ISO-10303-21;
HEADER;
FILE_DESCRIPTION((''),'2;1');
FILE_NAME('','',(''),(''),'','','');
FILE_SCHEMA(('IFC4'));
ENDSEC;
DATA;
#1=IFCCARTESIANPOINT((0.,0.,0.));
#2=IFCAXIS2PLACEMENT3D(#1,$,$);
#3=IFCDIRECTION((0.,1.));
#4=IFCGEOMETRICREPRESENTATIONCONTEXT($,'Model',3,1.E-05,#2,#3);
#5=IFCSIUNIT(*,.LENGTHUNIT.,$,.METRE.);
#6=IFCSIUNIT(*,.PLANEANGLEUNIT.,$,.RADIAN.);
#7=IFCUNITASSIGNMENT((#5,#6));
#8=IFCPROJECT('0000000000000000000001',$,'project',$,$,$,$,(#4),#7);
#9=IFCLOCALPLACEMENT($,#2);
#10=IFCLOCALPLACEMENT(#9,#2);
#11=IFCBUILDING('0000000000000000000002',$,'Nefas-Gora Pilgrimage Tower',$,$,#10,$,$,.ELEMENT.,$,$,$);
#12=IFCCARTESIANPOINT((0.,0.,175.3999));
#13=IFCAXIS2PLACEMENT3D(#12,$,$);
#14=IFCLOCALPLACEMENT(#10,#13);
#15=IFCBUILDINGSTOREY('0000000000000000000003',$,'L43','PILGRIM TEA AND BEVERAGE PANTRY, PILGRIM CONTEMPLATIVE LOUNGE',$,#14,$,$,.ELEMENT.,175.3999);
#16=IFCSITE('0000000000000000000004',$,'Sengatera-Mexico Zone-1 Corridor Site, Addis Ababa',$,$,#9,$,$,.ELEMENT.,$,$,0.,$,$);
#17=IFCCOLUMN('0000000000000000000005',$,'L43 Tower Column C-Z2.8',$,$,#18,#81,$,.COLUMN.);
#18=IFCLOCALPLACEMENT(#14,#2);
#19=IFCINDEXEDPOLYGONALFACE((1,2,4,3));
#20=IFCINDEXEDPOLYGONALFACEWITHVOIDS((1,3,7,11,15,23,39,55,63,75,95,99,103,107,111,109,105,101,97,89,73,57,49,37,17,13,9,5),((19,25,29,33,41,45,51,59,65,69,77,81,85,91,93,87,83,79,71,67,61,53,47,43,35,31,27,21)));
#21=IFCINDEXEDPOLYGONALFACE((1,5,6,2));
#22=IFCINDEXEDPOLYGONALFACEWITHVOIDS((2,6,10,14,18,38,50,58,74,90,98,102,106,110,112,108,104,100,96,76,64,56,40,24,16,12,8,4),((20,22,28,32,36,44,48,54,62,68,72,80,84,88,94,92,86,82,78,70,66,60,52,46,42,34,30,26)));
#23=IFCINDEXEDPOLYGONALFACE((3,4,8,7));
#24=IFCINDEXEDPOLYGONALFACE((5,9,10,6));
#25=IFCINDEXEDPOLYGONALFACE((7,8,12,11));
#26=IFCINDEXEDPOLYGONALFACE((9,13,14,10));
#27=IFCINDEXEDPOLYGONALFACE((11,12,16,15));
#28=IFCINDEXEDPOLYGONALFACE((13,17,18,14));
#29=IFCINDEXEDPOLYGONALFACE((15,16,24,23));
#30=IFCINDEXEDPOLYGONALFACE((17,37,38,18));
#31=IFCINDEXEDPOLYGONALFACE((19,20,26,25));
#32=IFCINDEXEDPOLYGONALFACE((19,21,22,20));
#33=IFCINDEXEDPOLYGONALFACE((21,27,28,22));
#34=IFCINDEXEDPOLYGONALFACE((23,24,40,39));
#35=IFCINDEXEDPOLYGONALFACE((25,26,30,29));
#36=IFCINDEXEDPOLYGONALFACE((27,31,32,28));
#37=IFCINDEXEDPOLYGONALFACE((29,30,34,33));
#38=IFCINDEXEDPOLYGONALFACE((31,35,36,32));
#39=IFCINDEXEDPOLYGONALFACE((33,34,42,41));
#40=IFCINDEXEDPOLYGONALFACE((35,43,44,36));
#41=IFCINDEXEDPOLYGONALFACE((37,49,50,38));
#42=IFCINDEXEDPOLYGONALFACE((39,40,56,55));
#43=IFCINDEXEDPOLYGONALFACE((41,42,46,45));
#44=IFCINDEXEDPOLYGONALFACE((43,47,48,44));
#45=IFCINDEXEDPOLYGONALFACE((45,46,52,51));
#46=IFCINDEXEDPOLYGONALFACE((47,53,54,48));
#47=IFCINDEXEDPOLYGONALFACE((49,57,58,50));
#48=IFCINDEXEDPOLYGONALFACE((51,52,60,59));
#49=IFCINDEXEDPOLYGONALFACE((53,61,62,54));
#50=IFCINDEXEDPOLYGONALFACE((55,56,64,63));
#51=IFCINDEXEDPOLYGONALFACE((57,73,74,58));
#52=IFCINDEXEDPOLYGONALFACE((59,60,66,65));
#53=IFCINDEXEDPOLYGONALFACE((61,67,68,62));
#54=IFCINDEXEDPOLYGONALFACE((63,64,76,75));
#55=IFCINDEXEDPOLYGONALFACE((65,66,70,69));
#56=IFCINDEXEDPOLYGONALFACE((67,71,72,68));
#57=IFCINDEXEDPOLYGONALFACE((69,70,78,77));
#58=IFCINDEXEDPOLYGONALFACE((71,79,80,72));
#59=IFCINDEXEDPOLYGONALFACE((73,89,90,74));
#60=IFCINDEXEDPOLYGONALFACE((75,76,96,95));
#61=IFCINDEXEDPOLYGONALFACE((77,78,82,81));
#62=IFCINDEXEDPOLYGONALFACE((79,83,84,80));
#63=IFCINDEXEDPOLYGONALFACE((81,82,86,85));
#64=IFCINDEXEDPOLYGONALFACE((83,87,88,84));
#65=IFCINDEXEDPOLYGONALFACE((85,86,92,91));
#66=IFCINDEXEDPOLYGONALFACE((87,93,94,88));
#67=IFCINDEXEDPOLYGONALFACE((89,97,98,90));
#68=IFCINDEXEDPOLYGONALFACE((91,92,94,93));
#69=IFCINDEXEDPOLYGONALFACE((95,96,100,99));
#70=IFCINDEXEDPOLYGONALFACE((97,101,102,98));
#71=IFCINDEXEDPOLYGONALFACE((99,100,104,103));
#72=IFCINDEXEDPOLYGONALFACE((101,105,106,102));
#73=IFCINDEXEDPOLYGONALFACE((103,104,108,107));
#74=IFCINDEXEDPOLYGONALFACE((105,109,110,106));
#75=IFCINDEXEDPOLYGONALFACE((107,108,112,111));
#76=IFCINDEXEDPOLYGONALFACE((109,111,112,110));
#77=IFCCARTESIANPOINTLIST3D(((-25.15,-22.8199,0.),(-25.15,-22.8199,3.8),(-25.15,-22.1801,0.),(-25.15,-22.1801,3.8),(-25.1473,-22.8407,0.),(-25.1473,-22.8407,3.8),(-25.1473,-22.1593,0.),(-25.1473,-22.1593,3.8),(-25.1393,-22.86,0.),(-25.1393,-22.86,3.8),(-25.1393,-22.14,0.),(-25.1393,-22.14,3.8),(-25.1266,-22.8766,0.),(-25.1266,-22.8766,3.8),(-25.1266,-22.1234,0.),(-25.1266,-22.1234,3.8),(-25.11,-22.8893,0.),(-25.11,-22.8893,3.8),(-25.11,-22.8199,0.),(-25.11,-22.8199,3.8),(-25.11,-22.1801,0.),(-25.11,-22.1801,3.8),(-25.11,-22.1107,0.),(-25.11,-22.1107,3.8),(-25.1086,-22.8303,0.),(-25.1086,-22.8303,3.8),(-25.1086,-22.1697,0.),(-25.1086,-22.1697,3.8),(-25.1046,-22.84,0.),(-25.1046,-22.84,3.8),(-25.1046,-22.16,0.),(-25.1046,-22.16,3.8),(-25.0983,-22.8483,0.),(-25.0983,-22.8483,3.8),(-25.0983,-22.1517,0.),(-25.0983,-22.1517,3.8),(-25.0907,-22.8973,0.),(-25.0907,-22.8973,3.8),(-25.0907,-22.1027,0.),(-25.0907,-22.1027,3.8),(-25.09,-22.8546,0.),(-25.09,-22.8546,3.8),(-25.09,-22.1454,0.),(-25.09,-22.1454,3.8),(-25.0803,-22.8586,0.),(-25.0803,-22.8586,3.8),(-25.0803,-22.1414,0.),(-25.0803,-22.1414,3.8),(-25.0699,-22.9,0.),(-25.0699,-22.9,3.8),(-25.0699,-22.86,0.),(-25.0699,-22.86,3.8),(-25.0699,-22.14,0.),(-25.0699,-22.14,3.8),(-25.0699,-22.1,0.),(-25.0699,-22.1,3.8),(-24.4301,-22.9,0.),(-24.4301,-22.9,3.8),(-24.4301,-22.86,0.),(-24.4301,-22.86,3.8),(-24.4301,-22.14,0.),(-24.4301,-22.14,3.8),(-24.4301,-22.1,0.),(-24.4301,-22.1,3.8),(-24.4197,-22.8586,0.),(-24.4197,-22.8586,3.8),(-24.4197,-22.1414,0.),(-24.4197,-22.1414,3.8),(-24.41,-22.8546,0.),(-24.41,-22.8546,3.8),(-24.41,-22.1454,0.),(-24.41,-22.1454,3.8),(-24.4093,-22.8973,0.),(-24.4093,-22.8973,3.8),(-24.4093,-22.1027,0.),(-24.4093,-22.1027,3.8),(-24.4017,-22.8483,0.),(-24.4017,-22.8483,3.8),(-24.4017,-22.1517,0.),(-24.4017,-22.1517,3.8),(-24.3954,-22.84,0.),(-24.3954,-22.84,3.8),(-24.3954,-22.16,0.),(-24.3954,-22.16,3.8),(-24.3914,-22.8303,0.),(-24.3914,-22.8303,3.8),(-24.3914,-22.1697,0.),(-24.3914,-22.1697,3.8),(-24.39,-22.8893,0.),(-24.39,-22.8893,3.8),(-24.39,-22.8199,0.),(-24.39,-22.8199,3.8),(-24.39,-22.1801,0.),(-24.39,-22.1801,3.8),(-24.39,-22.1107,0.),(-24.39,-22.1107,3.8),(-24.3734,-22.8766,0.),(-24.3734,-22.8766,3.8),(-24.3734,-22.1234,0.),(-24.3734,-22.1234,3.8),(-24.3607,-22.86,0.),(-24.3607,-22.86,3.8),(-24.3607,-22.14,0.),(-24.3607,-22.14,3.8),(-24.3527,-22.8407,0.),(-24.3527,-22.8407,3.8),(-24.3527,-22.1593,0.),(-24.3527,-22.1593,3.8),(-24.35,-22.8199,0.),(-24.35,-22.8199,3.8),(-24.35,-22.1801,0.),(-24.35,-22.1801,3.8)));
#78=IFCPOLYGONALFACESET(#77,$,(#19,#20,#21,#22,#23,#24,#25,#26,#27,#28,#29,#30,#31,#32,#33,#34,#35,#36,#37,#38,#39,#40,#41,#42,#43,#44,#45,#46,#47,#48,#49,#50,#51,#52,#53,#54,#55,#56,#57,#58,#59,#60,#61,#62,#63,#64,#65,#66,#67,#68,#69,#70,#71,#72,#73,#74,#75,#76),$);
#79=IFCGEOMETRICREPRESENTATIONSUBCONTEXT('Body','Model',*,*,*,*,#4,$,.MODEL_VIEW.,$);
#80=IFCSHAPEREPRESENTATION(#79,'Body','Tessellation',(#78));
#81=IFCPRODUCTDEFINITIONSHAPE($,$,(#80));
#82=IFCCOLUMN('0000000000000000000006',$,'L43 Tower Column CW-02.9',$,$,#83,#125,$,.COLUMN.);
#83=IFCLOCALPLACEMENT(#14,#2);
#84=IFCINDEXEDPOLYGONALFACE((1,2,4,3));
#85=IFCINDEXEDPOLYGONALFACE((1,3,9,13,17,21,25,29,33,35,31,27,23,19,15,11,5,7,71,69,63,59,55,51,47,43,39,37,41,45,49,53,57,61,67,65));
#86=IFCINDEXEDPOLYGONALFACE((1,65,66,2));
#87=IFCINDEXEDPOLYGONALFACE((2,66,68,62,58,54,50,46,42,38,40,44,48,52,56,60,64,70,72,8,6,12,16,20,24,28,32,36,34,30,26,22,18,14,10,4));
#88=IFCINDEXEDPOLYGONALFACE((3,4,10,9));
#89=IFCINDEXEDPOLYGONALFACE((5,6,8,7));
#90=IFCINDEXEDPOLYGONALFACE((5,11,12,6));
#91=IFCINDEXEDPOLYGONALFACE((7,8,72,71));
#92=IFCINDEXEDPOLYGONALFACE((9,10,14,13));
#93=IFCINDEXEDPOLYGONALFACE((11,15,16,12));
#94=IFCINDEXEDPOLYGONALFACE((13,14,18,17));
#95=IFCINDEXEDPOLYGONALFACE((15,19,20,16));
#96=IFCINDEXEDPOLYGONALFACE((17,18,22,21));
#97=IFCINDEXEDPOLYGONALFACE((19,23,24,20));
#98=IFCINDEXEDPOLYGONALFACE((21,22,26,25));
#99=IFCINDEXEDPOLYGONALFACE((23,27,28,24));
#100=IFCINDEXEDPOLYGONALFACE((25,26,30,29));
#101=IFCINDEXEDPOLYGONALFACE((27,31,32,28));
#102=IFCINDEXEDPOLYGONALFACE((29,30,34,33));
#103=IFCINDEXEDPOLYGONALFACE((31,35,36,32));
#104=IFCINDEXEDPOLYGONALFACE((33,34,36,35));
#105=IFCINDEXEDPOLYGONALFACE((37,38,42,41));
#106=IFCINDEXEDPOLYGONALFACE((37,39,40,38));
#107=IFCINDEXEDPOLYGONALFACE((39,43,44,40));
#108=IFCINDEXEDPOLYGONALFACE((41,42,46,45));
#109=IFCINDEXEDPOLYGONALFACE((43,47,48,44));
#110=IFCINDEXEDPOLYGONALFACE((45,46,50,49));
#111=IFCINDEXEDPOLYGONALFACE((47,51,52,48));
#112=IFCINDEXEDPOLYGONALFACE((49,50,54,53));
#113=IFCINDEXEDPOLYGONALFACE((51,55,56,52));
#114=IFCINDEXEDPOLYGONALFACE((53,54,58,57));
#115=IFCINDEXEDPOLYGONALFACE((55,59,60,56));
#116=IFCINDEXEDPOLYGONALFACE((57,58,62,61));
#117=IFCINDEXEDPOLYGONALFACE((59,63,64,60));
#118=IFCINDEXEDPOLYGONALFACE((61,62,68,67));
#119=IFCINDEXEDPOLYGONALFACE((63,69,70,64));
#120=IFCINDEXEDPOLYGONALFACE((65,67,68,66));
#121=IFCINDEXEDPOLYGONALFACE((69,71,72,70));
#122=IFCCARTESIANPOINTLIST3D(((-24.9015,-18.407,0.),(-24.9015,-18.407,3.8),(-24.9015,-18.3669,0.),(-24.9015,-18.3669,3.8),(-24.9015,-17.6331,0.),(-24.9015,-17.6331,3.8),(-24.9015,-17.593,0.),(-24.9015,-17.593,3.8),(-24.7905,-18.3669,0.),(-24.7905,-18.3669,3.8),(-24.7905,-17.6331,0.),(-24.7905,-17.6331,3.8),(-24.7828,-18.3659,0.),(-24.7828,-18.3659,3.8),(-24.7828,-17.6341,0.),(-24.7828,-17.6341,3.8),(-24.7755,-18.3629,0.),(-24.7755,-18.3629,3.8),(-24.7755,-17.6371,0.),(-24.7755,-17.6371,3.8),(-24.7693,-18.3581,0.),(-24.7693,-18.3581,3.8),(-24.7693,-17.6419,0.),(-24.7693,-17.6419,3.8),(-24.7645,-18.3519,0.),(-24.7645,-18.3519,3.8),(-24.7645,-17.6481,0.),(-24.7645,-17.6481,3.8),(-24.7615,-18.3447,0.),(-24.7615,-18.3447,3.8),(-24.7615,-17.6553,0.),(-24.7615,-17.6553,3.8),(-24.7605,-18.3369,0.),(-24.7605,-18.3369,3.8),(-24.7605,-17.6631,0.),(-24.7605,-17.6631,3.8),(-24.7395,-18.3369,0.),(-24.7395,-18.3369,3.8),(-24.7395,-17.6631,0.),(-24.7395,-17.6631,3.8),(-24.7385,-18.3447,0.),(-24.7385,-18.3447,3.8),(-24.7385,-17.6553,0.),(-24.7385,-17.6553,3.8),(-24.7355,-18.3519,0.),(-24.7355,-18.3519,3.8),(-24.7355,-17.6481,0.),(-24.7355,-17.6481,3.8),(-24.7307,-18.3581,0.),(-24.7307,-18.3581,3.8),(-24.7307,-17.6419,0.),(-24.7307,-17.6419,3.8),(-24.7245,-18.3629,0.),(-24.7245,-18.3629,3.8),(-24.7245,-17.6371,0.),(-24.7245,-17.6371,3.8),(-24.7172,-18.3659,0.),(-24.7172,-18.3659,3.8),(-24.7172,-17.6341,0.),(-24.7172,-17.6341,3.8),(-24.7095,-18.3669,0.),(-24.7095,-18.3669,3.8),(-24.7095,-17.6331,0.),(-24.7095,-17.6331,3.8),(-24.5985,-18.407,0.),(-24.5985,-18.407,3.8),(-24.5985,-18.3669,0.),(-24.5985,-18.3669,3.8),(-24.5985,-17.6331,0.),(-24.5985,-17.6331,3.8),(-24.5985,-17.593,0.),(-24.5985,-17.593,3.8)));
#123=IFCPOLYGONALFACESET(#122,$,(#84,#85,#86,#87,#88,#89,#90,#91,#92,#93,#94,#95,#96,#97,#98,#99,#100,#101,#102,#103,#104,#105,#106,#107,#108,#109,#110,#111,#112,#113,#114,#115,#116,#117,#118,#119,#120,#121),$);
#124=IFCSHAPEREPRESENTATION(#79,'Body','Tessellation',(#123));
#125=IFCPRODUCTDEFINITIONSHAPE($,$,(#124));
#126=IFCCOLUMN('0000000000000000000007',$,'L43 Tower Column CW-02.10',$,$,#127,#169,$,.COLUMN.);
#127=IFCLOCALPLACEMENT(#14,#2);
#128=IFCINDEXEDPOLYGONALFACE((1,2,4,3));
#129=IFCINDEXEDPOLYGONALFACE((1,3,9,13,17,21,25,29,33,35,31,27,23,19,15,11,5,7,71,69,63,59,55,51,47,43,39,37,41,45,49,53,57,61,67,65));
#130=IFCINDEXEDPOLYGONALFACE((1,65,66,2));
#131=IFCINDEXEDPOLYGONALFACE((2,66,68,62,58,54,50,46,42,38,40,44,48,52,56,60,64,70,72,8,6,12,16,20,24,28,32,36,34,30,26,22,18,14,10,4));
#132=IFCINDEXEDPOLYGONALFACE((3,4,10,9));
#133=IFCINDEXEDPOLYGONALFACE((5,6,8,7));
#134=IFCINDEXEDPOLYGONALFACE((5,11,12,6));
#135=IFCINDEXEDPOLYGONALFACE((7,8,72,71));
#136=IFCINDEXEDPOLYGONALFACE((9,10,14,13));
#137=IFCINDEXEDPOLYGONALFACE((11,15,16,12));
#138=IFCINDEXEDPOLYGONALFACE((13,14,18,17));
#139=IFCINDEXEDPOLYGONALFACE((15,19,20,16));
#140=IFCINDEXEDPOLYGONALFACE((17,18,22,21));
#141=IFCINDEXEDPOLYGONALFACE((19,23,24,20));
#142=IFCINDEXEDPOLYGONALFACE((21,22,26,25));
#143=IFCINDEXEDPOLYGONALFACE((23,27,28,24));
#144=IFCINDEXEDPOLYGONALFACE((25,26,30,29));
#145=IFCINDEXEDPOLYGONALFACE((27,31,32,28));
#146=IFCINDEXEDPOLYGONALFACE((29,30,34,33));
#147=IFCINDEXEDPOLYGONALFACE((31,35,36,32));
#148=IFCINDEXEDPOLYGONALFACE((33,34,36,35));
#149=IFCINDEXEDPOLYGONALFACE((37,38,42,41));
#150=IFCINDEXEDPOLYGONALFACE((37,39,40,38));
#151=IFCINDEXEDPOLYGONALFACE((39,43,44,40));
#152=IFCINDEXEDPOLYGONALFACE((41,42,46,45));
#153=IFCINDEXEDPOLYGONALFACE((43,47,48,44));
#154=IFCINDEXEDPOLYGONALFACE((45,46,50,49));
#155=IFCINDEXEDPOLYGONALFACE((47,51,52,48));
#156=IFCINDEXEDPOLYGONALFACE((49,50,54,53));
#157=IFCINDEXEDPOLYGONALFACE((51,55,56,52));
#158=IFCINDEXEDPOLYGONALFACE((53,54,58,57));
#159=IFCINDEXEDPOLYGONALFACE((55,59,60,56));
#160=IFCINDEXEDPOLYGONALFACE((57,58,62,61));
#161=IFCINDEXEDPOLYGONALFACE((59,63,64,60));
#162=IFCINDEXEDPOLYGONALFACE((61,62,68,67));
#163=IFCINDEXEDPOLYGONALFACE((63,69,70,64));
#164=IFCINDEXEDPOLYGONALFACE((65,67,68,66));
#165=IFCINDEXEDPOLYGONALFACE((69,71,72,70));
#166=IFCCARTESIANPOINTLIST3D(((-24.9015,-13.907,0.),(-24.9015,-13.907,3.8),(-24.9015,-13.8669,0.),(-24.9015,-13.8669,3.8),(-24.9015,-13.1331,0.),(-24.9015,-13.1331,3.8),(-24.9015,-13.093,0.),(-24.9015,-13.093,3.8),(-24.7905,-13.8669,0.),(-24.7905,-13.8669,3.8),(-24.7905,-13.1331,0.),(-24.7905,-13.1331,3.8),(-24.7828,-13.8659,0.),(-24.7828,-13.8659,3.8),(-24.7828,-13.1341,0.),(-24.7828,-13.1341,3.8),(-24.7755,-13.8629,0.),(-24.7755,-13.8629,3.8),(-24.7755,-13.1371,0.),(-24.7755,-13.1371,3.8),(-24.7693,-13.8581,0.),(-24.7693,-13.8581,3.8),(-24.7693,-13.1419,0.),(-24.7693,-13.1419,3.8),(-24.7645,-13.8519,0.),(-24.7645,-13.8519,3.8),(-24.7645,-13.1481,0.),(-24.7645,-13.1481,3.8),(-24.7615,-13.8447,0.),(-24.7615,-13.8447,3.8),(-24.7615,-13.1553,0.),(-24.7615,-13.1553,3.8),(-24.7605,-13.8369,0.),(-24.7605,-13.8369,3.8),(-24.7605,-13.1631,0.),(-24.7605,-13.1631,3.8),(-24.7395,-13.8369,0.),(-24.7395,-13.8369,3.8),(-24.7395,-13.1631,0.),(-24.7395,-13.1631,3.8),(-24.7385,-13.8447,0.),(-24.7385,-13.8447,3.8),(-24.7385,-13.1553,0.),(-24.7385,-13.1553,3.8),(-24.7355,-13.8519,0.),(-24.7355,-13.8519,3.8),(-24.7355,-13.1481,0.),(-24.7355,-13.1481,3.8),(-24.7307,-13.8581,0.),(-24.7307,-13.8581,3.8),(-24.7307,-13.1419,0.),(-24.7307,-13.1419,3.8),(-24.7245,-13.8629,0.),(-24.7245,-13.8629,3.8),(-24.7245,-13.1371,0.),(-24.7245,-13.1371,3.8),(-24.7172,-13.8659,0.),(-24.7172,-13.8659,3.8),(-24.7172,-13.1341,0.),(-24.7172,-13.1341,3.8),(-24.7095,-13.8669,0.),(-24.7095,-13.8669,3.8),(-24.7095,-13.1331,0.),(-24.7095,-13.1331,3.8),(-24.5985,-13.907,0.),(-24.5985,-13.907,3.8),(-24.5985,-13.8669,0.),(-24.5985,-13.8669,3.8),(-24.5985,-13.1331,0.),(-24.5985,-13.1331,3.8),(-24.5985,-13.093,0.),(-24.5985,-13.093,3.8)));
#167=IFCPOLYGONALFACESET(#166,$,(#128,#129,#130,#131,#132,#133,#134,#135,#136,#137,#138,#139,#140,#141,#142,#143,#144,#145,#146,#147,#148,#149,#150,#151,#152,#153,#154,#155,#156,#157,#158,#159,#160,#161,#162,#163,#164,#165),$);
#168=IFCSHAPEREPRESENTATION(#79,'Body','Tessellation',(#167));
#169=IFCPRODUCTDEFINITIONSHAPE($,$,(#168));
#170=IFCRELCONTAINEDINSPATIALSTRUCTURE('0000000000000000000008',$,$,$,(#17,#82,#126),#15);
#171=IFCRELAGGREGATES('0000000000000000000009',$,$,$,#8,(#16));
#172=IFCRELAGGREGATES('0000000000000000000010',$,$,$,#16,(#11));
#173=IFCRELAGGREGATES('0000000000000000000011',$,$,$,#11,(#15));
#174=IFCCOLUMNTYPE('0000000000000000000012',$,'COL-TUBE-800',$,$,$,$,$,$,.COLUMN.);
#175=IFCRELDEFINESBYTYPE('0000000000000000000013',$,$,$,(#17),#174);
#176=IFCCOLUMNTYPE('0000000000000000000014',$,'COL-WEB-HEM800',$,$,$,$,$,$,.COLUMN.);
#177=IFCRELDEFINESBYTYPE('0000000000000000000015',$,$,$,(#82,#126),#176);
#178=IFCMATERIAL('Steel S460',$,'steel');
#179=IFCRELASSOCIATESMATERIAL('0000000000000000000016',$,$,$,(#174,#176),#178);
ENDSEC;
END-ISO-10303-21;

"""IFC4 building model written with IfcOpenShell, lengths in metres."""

from ifc_helpers import new_model, si_unit, direction, frame, origin, origin_2d, place, context, subcontext, project, spatial, hollow_rectangle, i_section, extrude, source, transform, mapped, material, material_profile, profile_set, type_object, element, save


model = new_model("IFC4")

# Units and contexts
model_context = context("Model", 3, precision=1e-05, world=origin(), true_north=direction((0.0, 1.0)))
body_context = subcontext(model_context, "Body", "Model", "MODEL_VIEW")
ifc_project = project(units=[si_unit("LENGTHUNIT", "METRE"), si_unit("PLANEANGLEUNIT", "RADIAN")], contexts=[model_context])

# Site, building, storey
site_placement = place(None, origin())
site = spatial("IfcSite", under=ifc_project, at=site_placement, Name="Sengatera-Mexico Zone-1 Corridor Site, Addis Ababa", CompositionType="ELEMENT", RefElevation=0.0)
building_placement = place(site_placement, origin())
building = spatial("IfcBuilding", under=site, at=building_placement, Name="Nefas-Gora Pilgrimage Tower", CompositionType="ELEMENT")
storey_placement = place(building_placement, frame((0.0, 0.0, 175.3999)))
storey = spatial("IfcBuildingStorey", under=building, at=storey_placement, Name="L43", Description="PILGRIM TEA AND BEVERAGE PANTRY, PILGRIM CONTEMPLATIVE LOUNGE", CompositionType="ELEMENT", Elevation=175.3999)

# Columns
ifc_material_1 = material(Name="Steel S460", Category="steel")
ifc_material_profile_1 = material_profile(ifc_material_1, hollow_rectangle(XDim=0.8, YDim=0.8, WallThickness=0.04, InnerFilletRadius=0.04, OuterFilletRadius=0.0801, at=origin_2d()), Name="BOX 800x800x40")
ifc_profile_set_1 = profile_set([ifc_material_profile_1], Name="Steel S460")
column_type_1 = type_object("IfcColumnType", Name="COL-TUBE-800", PredefinedType="COLUMN", material=ifc_profile_set_1)
shared_shape_1 = source(origin(), body_context, "Body", "SweptSolid", [
    extrude(hollow_rectangle(XDim=0.8, YDim=0.8, WallThickness=0.04, InnerFilletRadius=0.04, OuterFilletRadius=0.0801, at=origin_2d()), origin(), (0.0, 0.0, 1.0), 3.8),
])
for number, where, z_axis, x_axis, name in (
    (1, (-24.75, -22.5, 0.0), (0.0, 0.0, 1.0), (1.0, 0.0, 0.0), "L43 Tower Column C-Z2.8"),
):
    element("IfcColumn", number, at=place(storey_placement, frame(where, z_axis=z_axis, x_axis=x_axis)), inside=storey, type_object=column_type_1, Name=name, PredefinedType="COLUMN", context=body_context, shape_type="MappedRepresentation", body=[
        mapped(shared_shape_1, transform((0.0, 0.0, 0.0), x_axis=(1.0, 0.0, 0.0), y_axis=(0.0, 1.0, 0.0), z_axis=(0.0, 0.0, 1.0), scale=1.0)),
    ])
ifc_material_profile_2 = material_profile(ifc_material_1, i_section(OverallWidth=0.303, OverallDepth=0.814, WebThickness=0.021, FlangeThickness=0.04, FilletRadius=0.03, at=origin_2d()), Name="HEM 800")
ifc_profile_set_2 = profile_set([ifc_material_profile_2], Name="Steel S460")
column_type_2 = type_object("IfcColumnType", Name="COL-WEB-HEM800", PredefinedType="COLUMN", material=ifc_profile_set_2)
shared_shape_2 = source(origin(), body_context, "Body", "SweptSolid", [
    extrude(i_section(OverallWidth=0.303, OverallDepth=0.814, WebThickness=0.021, FlangeThickness=0.04, FilletRadius=0.03, at=origin_2d()), origin(), (0.0, 0.0, 1.0), 3.8),
])
for number, where, z_axis, x_axis, name in (
    (2, (-24.75, -18.0, 0.0), (0.0, 0.0, 1.0), (1.0, 0.0, 0.0), "L43 Tower Column CW-02.9"),
    (3, (-24.75, -13.5, 0.0), (0.0, 0.0, 1.0), (1.0, 0.0, 0.0), "L43 Tower Column CW-02.10"),
):
    element("IfcColumn", number, at=place(storey_placement, frame(where, z_axis=z_axis, x_axis=x_axis)), inside=storey, type_object=column_type_2, Name=name, PredefinedType="COLUMN", context=body_context, shape_type="MappedRepresentation", body=[
        mapped(shared_shape_2, transform((0.0, 0.0, 0.0), x_axis=(1.0, 0.0, 0.0), y_axis=(0.0, 1.0, 0.0), z_axis=(0.0, 0.0, 1.0), scale=1.0)),
    ])

save(model, "model.ifc")
